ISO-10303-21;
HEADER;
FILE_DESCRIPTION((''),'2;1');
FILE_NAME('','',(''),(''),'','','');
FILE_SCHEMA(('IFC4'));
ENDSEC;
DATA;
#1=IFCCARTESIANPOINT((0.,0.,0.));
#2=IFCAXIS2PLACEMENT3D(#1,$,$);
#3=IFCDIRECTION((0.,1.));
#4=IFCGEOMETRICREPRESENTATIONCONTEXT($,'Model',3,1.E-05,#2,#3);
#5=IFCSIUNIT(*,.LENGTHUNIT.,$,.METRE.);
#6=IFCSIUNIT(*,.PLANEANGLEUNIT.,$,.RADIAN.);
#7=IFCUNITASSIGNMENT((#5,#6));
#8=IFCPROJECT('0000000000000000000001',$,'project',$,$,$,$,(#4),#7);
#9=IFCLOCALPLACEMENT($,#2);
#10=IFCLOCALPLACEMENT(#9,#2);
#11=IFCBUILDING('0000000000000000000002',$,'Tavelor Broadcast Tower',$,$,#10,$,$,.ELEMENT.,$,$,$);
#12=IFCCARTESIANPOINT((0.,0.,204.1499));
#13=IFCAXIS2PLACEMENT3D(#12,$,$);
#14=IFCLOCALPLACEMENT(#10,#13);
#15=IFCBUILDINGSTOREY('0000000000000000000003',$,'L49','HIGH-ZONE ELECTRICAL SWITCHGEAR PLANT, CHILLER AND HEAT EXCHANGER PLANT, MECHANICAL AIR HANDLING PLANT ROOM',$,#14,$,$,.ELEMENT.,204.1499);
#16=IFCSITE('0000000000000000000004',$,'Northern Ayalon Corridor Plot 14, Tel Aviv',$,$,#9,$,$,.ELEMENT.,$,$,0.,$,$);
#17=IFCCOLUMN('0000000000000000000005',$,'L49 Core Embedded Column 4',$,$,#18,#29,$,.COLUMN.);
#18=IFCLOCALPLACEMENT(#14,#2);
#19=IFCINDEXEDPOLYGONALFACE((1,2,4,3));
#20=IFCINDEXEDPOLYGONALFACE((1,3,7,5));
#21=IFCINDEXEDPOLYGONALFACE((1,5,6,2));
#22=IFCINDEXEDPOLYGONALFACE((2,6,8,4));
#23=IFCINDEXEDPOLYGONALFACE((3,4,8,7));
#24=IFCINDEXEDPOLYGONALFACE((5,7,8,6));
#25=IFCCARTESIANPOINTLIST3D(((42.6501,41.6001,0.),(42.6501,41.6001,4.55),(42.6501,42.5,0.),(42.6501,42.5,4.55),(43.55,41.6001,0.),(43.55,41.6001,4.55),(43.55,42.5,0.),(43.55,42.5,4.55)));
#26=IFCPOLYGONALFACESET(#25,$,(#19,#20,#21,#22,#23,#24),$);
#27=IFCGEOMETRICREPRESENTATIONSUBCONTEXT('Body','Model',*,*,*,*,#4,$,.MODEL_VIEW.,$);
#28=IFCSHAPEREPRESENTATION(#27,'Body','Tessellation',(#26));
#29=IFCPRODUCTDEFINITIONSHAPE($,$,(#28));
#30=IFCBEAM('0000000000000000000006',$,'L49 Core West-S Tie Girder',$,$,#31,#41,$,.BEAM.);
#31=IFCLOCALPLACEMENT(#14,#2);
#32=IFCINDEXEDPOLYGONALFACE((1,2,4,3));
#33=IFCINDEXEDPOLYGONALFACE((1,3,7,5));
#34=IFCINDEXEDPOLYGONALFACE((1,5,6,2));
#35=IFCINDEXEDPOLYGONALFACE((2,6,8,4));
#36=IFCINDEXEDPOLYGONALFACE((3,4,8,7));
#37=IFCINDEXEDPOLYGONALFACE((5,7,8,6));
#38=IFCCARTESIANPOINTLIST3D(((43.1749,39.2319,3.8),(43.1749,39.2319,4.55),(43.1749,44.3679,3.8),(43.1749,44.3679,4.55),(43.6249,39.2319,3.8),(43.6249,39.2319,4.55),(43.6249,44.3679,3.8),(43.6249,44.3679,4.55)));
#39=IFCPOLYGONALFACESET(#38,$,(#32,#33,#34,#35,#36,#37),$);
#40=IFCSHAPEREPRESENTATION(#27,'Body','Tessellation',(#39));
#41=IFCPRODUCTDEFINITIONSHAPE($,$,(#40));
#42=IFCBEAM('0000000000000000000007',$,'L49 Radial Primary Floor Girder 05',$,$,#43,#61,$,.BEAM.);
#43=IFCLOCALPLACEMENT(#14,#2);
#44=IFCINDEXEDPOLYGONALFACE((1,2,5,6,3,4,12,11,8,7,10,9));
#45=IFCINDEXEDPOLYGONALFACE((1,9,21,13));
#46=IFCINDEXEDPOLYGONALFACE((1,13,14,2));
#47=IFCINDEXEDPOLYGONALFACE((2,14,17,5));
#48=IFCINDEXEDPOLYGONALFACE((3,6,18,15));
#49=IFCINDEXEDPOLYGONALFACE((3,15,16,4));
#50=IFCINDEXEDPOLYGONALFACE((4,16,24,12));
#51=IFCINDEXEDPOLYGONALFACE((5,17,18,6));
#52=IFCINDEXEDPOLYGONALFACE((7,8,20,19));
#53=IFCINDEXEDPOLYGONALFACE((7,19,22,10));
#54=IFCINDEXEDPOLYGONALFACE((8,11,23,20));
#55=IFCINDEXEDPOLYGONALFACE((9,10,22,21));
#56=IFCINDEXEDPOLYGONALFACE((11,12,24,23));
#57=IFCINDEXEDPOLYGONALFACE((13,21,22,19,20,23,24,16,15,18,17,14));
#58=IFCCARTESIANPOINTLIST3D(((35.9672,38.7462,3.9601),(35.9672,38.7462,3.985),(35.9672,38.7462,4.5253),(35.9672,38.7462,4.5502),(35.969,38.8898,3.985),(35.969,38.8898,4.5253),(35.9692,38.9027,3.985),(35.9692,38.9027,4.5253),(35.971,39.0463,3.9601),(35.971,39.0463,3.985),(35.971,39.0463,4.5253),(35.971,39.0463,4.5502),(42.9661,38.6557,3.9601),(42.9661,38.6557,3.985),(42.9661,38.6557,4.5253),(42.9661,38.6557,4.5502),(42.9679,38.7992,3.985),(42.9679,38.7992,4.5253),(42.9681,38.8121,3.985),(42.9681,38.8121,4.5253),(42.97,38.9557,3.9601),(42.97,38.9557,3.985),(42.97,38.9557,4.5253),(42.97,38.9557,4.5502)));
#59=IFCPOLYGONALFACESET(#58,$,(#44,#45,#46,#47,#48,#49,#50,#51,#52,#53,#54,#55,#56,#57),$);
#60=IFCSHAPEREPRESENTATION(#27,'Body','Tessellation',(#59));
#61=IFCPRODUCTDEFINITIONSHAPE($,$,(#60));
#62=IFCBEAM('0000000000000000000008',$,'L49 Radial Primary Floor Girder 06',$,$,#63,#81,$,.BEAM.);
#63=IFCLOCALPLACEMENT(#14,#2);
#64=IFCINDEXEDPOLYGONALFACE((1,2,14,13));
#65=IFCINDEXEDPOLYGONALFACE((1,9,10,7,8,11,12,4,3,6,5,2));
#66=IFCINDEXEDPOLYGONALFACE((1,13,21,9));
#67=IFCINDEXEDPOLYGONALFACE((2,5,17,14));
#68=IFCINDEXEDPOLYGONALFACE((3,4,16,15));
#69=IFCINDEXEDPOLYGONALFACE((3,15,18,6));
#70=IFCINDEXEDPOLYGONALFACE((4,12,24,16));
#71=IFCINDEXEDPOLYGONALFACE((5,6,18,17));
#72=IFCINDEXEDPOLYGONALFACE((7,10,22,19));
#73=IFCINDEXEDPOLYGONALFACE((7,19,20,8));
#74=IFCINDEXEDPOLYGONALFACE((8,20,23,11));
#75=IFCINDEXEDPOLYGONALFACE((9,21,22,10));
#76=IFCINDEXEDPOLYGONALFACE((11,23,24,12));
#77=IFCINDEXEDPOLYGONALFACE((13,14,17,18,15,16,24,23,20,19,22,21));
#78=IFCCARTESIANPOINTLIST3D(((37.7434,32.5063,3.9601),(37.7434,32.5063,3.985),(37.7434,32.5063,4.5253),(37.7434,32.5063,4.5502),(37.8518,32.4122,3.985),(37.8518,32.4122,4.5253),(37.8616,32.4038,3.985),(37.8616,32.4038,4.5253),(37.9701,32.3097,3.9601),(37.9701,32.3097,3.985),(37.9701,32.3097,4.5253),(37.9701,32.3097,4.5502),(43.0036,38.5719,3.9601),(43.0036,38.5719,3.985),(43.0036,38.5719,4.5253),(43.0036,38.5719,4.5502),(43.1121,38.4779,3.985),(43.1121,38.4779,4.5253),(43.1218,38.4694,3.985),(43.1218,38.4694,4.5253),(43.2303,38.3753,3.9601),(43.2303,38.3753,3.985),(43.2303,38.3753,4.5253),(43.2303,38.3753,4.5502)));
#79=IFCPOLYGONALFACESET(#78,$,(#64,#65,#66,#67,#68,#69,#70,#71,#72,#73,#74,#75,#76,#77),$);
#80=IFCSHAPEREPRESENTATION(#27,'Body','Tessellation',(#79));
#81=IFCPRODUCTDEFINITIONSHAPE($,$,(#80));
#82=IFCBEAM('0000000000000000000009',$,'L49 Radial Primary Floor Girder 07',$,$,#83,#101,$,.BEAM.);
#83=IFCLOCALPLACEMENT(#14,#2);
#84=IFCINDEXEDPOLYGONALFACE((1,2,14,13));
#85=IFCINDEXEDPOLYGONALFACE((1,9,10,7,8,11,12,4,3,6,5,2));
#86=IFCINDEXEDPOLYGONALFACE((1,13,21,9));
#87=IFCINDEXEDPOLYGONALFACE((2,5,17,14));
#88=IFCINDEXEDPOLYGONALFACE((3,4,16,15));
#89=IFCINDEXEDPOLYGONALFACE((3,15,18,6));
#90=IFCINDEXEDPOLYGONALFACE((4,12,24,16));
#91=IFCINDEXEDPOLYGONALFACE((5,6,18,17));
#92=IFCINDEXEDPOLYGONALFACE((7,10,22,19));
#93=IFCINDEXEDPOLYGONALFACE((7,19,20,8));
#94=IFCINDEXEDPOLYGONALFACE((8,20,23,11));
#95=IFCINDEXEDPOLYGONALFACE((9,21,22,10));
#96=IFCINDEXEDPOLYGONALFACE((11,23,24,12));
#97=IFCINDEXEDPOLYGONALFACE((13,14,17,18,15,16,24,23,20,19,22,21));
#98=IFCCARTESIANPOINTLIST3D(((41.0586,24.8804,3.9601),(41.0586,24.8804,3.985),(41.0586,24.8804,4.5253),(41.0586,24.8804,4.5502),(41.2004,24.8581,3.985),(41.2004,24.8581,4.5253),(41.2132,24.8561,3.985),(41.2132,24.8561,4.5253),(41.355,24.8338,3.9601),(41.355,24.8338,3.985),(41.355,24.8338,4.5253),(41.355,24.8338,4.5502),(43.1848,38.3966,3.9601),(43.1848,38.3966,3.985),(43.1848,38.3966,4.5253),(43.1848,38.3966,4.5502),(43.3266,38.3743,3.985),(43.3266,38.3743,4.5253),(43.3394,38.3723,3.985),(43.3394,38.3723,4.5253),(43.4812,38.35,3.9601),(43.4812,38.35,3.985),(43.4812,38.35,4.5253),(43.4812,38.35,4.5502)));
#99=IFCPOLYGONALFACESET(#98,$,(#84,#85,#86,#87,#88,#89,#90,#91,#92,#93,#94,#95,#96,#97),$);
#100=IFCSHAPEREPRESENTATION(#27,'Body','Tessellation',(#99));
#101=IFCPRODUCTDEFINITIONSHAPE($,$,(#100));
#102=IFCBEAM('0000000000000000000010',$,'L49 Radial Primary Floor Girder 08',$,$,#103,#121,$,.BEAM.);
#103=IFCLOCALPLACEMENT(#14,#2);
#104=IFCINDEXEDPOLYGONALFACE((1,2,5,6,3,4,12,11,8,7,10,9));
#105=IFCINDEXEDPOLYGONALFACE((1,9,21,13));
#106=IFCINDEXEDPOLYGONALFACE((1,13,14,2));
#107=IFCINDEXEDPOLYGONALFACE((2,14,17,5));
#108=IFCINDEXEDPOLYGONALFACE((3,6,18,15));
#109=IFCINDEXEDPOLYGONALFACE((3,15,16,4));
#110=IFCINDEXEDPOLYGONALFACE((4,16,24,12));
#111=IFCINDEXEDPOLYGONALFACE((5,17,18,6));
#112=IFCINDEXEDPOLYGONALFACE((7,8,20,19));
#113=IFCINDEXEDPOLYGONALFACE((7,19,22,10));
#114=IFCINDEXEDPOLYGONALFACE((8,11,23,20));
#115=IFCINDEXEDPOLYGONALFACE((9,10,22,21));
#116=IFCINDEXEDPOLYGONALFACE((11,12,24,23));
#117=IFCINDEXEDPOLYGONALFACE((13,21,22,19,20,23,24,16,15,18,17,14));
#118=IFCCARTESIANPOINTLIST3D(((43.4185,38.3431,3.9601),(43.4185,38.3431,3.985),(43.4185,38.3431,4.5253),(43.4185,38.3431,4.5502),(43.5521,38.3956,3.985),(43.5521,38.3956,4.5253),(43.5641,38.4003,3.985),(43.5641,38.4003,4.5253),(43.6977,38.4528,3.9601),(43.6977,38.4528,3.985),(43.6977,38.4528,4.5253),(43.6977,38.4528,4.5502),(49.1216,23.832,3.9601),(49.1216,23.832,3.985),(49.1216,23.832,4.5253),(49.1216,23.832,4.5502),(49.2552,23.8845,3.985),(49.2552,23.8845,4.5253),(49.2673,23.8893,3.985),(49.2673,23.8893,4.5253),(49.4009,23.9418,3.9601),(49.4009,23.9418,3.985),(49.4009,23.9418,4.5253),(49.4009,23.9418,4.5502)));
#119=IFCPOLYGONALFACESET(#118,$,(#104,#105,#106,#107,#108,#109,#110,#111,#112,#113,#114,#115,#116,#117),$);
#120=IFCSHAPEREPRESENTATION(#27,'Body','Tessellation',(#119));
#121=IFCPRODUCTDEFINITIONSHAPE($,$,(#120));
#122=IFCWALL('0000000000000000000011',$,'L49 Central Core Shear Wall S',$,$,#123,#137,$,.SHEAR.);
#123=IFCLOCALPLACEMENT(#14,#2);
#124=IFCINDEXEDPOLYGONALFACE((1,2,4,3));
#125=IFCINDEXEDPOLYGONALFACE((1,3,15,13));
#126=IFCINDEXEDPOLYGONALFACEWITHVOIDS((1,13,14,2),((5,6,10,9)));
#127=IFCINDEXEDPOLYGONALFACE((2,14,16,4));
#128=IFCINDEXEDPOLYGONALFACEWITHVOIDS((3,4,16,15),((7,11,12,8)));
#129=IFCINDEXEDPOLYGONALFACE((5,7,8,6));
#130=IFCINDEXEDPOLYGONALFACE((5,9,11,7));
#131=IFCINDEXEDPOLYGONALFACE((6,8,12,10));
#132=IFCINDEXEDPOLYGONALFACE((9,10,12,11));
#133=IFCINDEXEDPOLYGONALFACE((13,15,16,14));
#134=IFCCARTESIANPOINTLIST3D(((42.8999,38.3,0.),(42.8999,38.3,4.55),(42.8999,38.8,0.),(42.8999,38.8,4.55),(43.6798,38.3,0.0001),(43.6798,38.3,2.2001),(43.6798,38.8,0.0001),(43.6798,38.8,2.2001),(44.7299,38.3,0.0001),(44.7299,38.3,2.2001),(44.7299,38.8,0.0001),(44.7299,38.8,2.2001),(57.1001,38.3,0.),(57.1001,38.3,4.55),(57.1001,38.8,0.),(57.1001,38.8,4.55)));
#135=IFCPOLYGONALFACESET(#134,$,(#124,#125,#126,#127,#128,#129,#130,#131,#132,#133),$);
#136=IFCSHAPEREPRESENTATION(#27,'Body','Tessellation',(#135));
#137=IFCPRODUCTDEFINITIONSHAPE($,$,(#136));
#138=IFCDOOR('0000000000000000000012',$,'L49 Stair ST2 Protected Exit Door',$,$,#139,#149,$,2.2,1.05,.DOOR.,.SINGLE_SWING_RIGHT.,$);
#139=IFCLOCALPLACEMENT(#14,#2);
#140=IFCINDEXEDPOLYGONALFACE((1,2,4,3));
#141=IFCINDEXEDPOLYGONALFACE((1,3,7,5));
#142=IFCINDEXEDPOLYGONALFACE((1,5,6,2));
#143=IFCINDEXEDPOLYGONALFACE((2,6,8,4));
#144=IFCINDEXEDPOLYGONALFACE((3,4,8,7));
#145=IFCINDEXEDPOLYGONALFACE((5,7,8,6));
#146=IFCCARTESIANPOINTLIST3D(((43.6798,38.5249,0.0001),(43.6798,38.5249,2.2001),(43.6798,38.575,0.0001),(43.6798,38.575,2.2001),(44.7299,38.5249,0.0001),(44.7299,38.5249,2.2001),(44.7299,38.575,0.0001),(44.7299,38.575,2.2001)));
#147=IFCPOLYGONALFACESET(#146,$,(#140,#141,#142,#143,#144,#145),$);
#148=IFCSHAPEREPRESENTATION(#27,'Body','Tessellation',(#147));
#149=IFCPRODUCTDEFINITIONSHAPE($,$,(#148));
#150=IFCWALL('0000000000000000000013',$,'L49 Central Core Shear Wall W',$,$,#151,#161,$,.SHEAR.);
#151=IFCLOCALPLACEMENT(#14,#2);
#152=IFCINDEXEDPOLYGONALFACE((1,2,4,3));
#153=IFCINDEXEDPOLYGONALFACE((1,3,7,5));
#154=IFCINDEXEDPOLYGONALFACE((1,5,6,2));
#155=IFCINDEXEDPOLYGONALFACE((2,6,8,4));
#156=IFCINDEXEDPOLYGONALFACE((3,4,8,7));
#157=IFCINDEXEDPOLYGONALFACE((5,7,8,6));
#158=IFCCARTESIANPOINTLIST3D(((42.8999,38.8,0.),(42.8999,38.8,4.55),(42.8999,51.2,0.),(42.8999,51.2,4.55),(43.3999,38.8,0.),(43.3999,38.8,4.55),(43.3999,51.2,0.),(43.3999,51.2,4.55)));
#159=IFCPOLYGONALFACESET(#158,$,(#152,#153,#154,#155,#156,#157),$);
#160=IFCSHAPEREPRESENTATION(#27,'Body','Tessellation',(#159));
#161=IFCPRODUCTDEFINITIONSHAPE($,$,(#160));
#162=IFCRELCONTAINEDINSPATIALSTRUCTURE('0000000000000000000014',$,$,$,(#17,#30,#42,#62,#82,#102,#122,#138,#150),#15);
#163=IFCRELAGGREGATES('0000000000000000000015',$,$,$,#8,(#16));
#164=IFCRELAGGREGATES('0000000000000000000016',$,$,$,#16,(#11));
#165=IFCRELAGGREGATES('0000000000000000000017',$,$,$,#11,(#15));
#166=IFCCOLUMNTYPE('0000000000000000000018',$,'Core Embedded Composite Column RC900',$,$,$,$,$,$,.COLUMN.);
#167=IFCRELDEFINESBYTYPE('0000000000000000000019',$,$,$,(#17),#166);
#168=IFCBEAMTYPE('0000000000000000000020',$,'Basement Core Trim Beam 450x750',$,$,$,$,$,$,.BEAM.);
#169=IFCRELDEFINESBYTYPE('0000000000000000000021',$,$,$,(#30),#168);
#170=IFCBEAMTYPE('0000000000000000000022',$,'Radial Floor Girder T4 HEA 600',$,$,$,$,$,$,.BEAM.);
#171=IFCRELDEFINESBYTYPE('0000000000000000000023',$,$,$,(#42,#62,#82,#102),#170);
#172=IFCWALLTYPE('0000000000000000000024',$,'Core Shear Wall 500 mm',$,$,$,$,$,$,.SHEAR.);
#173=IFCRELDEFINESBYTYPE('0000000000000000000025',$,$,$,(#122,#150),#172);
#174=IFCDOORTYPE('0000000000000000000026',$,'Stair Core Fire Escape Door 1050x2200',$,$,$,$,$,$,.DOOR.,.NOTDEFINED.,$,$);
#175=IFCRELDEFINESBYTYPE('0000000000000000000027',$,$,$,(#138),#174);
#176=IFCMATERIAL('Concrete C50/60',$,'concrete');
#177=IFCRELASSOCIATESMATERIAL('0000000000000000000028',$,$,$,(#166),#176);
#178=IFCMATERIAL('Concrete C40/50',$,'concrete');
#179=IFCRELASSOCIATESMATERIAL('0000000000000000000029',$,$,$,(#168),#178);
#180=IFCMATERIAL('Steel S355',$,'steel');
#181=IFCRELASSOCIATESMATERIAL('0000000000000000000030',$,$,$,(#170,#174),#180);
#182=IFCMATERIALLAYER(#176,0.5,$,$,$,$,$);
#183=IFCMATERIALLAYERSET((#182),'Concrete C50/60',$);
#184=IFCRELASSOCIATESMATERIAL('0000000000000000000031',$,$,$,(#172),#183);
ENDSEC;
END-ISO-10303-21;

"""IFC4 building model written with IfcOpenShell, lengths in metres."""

from ifc_helpers import new_model, si_unit, direction, frame, frame_2d, origin, origin_2d, place, context, subcontext, project, spatial, rectangle, i_section, extrude, material, layer, layer_set, material_profile, profile_set, type_object, element, fill, save


model = new_model("IFC4")

# Units and contexts
model_context = context("Model", 3, precision=1e-05, world=origin(), true_north=direction((0.0, 1.0)))
body_context = subcontext(model_context, "Body", "Model", "MODEL_VIEW")
ifc_project = project(units=[si_unit("LENGTHUNIT", "METRE"), si_unit("PLANEANGLEUNIT", "RADIAN")], contexts=[model_context])

# Site, building, storey
site_placement = place(None, origin())
site = spatial("IfcSite", under=ifc_project, at=site_placement, Name="Northern Ayalon Corridor Plot 14, Tel Aviv", CompositionType="ELEMENT", RefElevation=0.0)
building_placement = place(site_placement, origin())
building = spatial("IfcBuilding", under=site, at=building_placement, Name="Tavelor Broadcast Tower", CompositionType="ELEMENT")
storey_placement = place(building_placement, frame((0.0, 0.0, 204.1499)))
storey = spatial("IfcBuildingStorey", under=building, at=storey_placement, Name="L49", Description="HIGH-ZONE ELECTRICAL SWITCHGEAR PLANT, CHILLER AND HEAT EXCHANGER PLANT, MECHANICAL AIR HANDLING PLANT ROOM", CompositionType="ELEMENT", Elevation=204.1499)

# Column
ifc_material_1 = material(Name="Concrete C50/60", Category="concrete")
ifc_material_profile_1 = material_profile(ifc_material_1, rectangle(XDim=0.8999, YDim=0.8999, at=origin_2d()), Name="RC 900x900")
ifc_profile_set_1 = profile_set([ifc_material_profile_1], Name="Concrete C50/60")
column_type = type_object("IfcColumnType", Name="Core Embedded Composite Column RC900", PredefinedType="COLUMN", material=ifc_profile_set_1)
column_placement = place(storey_placement, frame((43.1001, 42.05, 0.0), z_axis=(0.0, 0.0, 1.0), x_axis=(1.0, 0.0, 0.0)))
element("IfcColumn", 1, at=column_placement, inside=storey, type_object=column_type, Name="L49 Core Embedded Column 4", PredefinedType="COLUMN", context=body_context, shape_type="SweptSolid", body=[
    extrude(rectangle(XDim=0.8999, YDim=0.8999, at=origin_2d()), origin(), (0.0, 0.0, 1.0), 4.55),
])

# Beams
ifc_material_2 = material(Name="Concrete C40/50", Category="concrete")
ifc_material_profile_2 = material_profile(ifc_material_2, rectangle(XDim=0.45, YDim=0.75, at=origin_2d()), Name="RC 450x750")
ifc_profile_set_2 = profile_set([ifc_material_profile_2], Name="Concrete C40/50")
beam_type_1 = type_object("IfcBeamType", Name="Basement Core Trim Beam 450x750", PredefinedType="BEAM", material=ifc_profile_set_2)
beam_1_placement = place(storey_placement, frame((43.3999, 39.2319, 4.175), z_axis=(0.0, 1.0, 0.0), x_axis=(-1.0, 0.0, 0.0)))
element("IfcBeam", 2, at=beam_1_placement, inside=storey, type_object=beam_type_1, Name="L49 Core West-S Tie Girder", PredefinedType="BEAM", context=body_context, shape_type="SweptSolid", body=[
    extrude(rectangle(XDim=0.45, YDim=0.75, at=origin_2d()), origin(), (0.0, 0.0, 1.0), 5.136),
])
ifc_material_3 = material(Name="Steel S355", Category="steel")
ifc_material_profile_3 = material_profile(ifc_material_3, i_section(OverallWidth=0.3, OverallDepth=0.5901, WebThickness=0.0129, FlangeThickness=0.0249, at=origin_2d()), Name="HEA 600")
ifc_profile_set_3 = profile_set([ifc_material_profile_3], Name="Steel S355")
beam_type_2 = type_object("IfcBeamType", Name="Radial Floor Girder T4 HEA 600", PredefinedType="BEAM", material=ifc_profile_set_3)
beam_2_placement = place(storey_placement, frame((42.968, 38.8057, 4.2551), z_axis=(-0.999916, 0.01294, 0.0), x_axis=(-0.01294, -0.999916, 0.0)))
element("IfcBeam", 3, at=beam_2_placement, inside=storey, type_object=beam_type_2, Name="L49 Radial Primary Floor Girder 05", PredefinedType="BEAM", context=body_context, shape_type="SweptSolid", body=[
    extrude(i_section(OverallWidth=0.3, OverallDepth=0.5901, WebThickness=0.0129, FlangeThickness=0.0249, at=origin_2d()), origin(), (0.0, 0.0, 1.0), 6.9995),
])
beam_3_placement = place(storey_placement, frame((43.1169, 38.4736, 4.2551), z_axis=(-0.655168, -0.755483, 0.0), x_axis=(0.755483, -0.655168, 0.0)))
element("IfcBeam", 4, at=beam_3_placement, inside=storey, type_object=beam_type_2, Name="L49 Radial Primary Floor Girder 06", PredefinedType="BEAM", context=body_context, shape_type="SweptSolid", body=[
    extrude(i_section(OverallWidth=0.3, OverallDepth=0.5901, WebThickness=0.0129, FlangeThickness=0.0249, at=origin_2d()), origin(), (0.0, 0.0, 1.0), 8.0288),
])
beam_4_placement = place(storey_placement, frame((43.333, 38.3733, 4.2551), z_axis=(-0.155399, -0.987852, 0.0), x_axis=(0.987852, -0.155399, 0.0)))
element("IfcBeam", 5, at=beam_4_placement, inside=storey, type_object=beam_type_2, Name="L49 Radial Primary Floor Girder 07", PredefinedType="BEAM", context=body_context, shape_type="SweptSolid", body=[
    extrude(i_section(OverallWidth=0.3, OverallDepth=0.5901, WebThickness=0.0129, FlangeThickness=0.0249, at=origin_2d()), origin(), (0.0, 0.0, 1.0), 13.6824),
])
beam_5_placement = place(storey_placement, frame((43.5581, 38.3979, 4.2551), z_axis=(0.365785, -0.9307, 0.0), x_axis=(0.9307, 0.365785, 0.0)))
element("IfcBeam", 6, at=beam_5_placement, inside=storey, type_object=beam_type_2, Name="L49 Radial Primary Floor Girder 08", PredefinedType="BEAM", context=body_context, shape_type="SweptSolid", body=[
    extrude(i_section(OverallWidth=0.3, OverallDepth=0.5901, WebThickness=0.0129, FlangeThickness=0.0249, at=origin_2d()), origin(), (0.0, 0.0, 1.0), 15.5916),
])

# Wall, opening, door
ifc_layer_1 = layer(ifc_material_1, 0.5)
ifc_layer_set_1 = layer_set([ifc_layer_1], Name="Concrete C50/60")
wall_type_1 = type_object("IfcWallType", Name="Core Shear Wall 500 mm", PredefinedType="SHEAR", material=ifc_layer_set_1)
wall_1_placement = place(storey_placement, frame((42.8999, 38.55, 0.0), z_axis=(0.0, 0.0, 1.0), x_axis=(1.0, 0.0, 0.0)))
wall_1 = element("IfcWall", 7, at=wall_1_placement, inside=storey, type_object=wall_type_1, Name="L49 Central Core Shear Wall S", PredefinedType="SHEAR", context=body_context, shape_type="SweptSolid", body=[
    extrude(rectangle(XDim=14.2002, YDim=0.5, at=frame_2d((7.1001, 0.0))), origin(), (0.0, 0.0, 1.0), 4.55),
])
opening_1_placement = place(wall_1_placement, frame((0.78, 0.0, 0.0)))
opening_1 = element("IfcOpeningElement", 8, at=opening_1_placement, cuts=wall_1, PredefinedType="OPENING", context=body_context, shape_type="SweptSolid", body=[
    extrude(rectangle(XDim=1.05, YDim=2.2, at=frame_2d((0.5249, 1.1001))), frame((0.0, 0.26, 0.0), z_axis=(0.0, -1.0, 0.0), x_axis=(1.0, 0.0, 0.0)), (0.0, 0.0, 1.0), 0.52),
])
door_type = type_object("IfcDoorType", Name="Stair Core Fire Escape Door 1050x2200", OperationType="NOTDEFINED", PredefinedType="DOOR", material=ifc_material_3)
door_1_placement = place(opening_1_placement, origin())
door_1 = element("IfcDoor", 9, at=door_1_placement, inside=storey, type_object=door_type, Name="L49 Stair ST2 Protected Exit Door", OperationType="SINGLE_SWING_RIGHT", OverallHeight=2.2, OverallWidth=1.05, PredefinedType="DOOR", context=body_context, shape_type="SweptSolid", body=[
    extrude(rectangle(XDim=1.05, YDim=2.2, at=frame_2d((0.5249, 1.1001))), frame((0.0, 0.0249, 0.0), z_axis=(0.0, -1.0, 0.0), x_axis=(1.0, 0.0, 0.0)), (0.0, 0.0, 1.0), 0.05),
])
fill(opening_1, door_1)

# Wall
wall_2_placement = place(storey_placement, frame((43.1499, 38.8, 0.0), z_axis=(0.0, 0.0, 1.0), x_axis=(0.0, 1.0, 0.0)))
element("IfcWall", 10, at=wall_2_placement, inside=storey, type_object=wall_type_1, Name="L49 Central Core Shear Wall W", PredefinedType="SHEAR", context=body_context, shape_type="SweptSolid", body=[
    extrude(rectangle(XDim=12.3999, YDim=0.5, at=frame_2d((6.2, 0.0))), origin(), (0.0, 0.0, 1.0), 4.55),
])

save(model, "model.ifc")
